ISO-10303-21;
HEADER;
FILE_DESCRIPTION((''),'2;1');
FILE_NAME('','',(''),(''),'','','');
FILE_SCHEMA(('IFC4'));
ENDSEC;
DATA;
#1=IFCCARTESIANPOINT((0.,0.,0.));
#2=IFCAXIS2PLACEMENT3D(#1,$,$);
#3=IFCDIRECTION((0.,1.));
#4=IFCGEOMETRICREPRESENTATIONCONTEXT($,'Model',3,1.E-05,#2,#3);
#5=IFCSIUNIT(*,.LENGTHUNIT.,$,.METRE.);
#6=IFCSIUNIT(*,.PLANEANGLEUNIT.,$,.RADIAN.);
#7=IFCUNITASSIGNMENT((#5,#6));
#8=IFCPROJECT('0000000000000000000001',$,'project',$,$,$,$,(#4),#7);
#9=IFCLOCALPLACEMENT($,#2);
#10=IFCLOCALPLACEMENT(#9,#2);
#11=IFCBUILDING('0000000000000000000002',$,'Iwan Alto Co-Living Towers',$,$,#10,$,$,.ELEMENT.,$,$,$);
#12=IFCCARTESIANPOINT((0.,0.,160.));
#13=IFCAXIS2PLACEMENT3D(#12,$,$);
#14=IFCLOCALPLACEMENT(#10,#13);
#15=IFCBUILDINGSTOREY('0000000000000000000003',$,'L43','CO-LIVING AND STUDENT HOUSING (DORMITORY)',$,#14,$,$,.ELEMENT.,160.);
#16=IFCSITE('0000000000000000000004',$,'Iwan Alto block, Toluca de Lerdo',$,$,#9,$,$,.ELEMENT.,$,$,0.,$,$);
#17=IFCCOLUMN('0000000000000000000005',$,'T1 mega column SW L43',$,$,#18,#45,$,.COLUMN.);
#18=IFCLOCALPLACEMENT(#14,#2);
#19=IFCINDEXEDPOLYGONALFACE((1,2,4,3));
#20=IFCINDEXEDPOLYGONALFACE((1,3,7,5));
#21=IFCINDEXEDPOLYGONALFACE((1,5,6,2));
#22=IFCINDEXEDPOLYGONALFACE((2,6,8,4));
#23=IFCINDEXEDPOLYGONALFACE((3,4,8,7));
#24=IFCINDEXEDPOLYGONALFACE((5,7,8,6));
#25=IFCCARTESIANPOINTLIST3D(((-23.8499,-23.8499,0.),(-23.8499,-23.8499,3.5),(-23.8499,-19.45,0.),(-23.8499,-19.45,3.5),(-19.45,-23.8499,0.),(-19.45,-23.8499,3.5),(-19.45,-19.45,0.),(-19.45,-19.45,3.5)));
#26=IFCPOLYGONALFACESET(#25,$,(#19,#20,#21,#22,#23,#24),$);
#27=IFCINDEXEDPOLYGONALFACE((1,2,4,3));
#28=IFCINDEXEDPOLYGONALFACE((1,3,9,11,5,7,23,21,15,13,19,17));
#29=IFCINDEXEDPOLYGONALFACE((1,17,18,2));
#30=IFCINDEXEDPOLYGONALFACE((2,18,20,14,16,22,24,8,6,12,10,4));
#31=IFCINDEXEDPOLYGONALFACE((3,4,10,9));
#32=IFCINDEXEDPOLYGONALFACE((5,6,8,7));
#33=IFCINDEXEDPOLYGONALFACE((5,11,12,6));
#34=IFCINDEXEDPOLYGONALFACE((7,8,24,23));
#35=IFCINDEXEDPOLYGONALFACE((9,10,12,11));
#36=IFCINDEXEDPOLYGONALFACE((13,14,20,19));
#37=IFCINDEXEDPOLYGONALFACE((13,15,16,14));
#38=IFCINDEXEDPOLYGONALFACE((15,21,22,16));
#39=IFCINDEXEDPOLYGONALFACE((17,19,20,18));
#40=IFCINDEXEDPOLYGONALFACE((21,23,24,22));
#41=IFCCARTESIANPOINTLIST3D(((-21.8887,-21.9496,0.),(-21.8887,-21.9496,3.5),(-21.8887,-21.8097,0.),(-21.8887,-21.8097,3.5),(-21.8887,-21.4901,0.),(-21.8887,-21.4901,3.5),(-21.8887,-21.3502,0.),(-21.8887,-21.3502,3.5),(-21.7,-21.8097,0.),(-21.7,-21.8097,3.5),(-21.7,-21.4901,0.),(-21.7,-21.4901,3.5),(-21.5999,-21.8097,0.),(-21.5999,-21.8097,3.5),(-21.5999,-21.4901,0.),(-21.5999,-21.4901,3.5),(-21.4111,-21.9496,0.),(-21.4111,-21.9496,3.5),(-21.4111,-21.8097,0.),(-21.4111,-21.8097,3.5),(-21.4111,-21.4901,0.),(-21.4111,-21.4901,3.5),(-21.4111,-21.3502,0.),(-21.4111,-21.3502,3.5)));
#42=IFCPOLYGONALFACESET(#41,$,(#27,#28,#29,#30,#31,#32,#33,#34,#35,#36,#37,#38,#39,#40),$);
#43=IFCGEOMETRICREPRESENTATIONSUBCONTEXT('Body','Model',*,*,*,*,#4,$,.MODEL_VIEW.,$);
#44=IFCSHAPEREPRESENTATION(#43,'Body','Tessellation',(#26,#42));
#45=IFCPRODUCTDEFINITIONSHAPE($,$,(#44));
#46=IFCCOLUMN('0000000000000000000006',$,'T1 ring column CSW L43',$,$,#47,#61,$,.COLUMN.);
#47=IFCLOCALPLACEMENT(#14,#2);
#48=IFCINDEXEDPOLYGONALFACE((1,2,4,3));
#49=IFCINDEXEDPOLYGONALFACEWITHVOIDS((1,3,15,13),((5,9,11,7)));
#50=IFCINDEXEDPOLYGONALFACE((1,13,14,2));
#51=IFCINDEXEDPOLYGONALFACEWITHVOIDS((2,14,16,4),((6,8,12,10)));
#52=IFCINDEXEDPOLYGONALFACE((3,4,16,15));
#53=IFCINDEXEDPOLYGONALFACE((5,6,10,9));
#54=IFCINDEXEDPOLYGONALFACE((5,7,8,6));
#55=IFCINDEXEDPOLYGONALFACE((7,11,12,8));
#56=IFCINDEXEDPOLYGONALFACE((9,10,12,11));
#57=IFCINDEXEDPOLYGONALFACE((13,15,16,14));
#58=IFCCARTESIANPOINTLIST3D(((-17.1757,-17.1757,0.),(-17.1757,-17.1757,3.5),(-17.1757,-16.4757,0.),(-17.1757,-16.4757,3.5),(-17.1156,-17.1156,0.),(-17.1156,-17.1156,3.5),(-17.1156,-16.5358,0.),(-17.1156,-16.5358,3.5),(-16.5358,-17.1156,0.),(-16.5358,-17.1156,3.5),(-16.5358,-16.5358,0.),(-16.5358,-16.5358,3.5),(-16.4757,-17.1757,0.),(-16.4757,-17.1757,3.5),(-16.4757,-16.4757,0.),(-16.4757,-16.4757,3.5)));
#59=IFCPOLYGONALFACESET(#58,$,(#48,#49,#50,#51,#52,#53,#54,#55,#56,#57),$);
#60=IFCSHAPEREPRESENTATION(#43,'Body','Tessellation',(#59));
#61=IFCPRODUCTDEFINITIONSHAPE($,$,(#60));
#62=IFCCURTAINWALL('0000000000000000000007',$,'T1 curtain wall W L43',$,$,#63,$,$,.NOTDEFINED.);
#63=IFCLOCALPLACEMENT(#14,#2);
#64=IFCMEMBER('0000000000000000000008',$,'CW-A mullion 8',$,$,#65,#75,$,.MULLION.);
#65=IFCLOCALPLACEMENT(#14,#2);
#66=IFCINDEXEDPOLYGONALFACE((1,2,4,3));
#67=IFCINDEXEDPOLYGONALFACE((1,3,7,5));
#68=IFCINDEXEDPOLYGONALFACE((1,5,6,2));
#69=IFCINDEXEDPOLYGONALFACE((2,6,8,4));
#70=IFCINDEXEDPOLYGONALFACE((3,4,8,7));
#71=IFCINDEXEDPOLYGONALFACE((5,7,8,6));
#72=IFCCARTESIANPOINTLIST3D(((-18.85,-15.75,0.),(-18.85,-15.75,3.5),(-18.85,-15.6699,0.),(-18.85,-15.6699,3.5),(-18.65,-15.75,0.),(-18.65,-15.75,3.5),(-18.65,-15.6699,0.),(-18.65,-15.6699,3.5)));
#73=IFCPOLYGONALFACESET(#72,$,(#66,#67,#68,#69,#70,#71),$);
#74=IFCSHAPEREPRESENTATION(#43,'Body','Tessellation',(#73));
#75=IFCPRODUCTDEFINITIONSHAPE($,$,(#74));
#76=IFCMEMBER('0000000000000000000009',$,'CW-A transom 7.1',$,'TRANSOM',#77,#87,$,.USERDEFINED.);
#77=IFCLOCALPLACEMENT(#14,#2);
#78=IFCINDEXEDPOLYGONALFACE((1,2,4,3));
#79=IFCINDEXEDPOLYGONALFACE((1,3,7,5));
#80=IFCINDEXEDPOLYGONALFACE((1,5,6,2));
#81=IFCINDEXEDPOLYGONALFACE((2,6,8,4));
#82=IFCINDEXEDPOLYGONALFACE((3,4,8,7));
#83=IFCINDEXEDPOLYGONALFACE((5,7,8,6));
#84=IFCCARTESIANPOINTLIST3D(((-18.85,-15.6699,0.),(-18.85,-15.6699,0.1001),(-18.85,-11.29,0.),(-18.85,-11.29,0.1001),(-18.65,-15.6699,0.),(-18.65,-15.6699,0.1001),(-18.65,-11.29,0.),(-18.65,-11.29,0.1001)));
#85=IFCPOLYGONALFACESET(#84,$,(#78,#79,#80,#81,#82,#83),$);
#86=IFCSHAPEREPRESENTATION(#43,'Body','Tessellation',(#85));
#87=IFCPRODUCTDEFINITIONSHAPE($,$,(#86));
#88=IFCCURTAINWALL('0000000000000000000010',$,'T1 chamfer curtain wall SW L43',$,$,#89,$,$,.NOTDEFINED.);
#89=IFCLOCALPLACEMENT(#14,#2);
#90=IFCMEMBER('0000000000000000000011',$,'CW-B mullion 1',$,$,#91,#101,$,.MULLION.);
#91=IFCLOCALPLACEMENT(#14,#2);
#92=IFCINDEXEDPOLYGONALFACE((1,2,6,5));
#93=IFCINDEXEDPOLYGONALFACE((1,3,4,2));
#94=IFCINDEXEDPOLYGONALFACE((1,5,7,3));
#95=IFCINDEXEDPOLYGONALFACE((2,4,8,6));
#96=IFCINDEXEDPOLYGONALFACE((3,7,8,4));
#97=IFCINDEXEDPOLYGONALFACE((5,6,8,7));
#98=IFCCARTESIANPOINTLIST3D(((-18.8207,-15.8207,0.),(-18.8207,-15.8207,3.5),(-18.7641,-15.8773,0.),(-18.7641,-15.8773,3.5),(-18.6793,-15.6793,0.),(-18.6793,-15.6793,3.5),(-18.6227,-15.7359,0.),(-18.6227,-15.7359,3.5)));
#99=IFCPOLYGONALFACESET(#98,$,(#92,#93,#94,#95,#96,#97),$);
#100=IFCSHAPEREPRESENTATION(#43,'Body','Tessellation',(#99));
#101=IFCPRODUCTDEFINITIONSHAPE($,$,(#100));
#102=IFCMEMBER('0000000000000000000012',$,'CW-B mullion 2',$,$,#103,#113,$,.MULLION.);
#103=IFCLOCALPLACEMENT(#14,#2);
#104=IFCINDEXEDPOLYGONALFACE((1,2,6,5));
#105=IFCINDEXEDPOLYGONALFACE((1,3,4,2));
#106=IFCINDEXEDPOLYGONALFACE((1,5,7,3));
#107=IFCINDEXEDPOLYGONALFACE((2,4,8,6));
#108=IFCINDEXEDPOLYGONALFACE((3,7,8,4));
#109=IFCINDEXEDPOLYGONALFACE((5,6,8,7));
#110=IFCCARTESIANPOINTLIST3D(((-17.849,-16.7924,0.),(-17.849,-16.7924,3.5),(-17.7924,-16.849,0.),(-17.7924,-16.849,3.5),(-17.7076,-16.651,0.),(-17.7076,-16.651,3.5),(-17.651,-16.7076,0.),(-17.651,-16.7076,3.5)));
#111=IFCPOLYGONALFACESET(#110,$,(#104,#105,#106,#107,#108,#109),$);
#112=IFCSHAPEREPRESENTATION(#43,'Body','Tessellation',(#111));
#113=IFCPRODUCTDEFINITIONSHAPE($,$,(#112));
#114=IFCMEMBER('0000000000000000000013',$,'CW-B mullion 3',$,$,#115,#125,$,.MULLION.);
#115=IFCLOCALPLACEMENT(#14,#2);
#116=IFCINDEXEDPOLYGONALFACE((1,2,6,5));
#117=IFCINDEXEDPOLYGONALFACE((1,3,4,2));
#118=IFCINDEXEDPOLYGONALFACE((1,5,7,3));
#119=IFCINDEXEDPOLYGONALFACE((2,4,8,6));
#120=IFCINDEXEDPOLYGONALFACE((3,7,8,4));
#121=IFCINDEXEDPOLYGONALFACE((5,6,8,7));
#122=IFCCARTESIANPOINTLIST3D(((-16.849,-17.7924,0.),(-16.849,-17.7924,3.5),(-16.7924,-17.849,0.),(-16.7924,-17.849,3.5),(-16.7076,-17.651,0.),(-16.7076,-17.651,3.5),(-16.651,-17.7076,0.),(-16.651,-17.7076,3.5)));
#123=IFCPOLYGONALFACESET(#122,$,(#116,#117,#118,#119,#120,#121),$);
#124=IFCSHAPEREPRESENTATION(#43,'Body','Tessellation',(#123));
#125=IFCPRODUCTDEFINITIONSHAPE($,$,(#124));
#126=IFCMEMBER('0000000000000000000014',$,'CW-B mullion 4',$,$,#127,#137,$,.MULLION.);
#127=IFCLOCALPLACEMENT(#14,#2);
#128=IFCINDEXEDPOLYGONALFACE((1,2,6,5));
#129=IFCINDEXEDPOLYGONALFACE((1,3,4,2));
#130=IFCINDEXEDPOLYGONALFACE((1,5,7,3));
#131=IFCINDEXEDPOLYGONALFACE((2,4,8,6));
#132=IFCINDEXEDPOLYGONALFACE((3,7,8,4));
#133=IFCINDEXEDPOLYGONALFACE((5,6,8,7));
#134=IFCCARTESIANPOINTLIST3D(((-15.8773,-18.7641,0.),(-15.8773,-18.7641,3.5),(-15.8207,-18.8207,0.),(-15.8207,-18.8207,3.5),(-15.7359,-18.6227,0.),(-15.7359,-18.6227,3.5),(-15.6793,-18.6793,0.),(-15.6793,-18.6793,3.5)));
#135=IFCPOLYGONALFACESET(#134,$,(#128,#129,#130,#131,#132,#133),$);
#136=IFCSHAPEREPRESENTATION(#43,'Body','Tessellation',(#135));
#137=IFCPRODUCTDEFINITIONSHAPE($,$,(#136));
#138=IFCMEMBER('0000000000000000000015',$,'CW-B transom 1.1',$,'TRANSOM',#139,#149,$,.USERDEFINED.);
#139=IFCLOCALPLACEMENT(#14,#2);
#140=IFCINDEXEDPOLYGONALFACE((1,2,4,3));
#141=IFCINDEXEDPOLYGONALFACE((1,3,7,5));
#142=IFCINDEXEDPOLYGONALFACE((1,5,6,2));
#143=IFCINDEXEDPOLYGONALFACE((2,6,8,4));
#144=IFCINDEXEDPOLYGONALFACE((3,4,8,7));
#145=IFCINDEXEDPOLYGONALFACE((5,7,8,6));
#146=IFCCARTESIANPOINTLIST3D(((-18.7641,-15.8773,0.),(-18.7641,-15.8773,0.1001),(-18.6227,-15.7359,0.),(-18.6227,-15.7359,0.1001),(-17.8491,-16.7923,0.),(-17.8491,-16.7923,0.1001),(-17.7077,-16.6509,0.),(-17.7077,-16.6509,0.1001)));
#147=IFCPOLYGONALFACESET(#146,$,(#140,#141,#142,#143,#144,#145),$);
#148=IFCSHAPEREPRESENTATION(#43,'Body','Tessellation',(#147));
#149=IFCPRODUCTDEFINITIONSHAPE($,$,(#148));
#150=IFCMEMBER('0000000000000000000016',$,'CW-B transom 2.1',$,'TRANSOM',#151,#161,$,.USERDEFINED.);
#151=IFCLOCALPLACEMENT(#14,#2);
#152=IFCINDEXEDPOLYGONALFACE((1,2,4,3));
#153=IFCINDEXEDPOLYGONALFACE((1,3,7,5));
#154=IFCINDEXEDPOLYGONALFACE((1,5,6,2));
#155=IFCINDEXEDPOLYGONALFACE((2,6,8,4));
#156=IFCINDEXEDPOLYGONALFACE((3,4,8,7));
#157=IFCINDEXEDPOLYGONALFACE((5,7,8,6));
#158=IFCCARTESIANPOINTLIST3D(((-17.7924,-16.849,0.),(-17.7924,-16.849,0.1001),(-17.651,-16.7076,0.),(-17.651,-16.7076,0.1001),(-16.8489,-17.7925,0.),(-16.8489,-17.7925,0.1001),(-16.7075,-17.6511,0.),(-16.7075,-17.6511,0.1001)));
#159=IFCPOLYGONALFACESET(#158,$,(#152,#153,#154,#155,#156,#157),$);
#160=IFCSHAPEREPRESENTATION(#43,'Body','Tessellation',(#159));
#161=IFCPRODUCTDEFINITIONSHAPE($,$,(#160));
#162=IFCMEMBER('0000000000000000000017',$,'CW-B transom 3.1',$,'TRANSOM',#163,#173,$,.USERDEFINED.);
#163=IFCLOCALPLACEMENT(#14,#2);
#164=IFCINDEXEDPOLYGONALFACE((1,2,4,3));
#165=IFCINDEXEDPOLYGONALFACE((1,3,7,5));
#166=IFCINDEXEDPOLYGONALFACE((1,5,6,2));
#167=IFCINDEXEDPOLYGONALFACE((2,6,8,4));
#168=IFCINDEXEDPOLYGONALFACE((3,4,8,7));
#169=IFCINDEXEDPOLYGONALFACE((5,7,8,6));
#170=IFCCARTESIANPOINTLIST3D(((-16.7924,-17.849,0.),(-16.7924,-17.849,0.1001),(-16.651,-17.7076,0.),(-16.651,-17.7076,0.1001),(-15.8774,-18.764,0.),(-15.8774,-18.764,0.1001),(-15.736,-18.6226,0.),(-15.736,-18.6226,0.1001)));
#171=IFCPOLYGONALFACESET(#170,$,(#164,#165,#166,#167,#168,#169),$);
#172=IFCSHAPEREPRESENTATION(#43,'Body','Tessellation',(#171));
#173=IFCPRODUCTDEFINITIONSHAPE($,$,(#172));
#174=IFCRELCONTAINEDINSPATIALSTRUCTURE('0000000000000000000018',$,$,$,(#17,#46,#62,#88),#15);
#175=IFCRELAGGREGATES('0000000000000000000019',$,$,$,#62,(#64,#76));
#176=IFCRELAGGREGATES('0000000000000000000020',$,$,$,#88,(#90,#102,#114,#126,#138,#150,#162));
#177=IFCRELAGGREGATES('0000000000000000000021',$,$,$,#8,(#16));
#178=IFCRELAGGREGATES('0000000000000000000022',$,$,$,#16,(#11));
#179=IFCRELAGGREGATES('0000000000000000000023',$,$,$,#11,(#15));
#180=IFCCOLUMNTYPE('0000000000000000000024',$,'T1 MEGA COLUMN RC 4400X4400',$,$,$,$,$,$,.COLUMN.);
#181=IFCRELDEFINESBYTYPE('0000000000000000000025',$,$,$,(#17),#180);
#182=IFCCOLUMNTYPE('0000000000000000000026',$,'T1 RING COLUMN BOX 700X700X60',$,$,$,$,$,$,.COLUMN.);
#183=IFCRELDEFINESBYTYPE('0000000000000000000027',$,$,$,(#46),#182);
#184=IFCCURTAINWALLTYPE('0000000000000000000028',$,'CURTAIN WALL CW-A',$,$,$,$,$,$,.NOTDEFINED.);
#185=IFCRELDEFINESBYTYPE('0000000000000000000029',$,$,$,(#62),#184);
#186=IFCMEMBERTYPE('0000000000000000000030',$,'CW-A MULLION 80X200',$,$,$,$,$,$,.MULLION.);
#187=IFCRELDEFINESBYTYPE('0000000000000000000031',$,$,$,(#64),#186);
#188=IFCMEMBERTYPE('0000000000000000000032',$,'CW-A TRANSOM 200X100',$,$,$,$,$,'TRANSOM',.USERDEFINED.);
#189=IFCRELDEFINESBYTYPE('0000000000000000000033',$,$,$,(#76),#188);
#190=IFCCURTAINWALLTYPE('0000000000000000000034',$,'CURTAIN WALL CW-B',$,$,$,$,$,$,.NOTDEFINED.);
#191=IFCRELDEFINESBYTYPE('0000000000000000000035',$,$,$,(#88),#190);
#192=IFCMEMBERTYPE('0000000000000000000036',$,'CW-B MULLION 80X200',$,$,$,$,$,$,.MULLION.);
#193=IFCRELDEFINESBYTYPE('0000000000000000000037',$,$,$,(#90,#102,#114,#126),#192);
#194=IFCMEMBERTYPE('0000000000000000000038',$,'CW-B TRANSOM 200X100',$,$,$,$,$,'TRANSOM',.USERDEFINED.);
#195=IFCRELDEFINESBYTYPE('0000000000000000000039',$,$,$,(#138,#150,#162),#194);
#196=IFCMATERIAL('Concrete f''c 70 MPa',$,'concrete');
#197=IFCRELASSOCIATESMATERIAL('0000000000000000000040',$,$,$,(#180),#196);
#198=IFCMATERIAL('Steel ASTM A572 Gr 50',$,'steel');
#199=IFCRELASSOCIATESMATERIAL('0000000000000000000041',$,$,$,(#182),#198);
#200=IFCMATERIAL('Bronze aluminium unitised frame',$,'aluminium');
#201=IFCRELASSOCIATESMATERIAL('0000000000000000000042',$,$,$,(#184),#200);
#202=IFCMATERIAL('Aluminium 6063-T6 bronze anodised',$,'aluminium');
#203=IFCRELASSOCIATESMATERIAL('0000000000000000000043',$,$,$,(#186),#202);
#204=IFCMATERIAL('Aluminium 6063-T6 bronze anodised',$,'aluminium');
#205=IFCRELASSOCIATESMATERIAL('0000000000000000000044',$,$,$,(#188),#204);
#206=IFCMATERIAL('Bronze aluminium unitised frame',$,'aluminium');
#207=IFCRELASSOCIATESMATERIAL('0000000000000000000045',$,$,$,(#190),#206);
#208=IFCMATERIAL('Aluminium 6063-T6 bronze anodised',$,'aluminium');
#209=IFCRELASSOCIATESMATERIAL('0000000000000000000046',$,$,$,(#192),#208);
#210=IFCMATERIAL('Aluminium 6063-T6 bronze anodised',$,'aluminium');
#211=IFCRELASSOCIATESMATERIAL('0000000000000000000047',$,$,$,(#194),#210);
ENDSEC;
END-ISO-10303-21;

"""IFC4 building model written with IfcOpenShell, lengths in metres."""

from ifc_helpers import new_model, si_unit, direction, frame, origin, origin_2d, place, context, subcontext, project, spatial, rectangle, hollow_rectangle, i_section, extrude, material, material_profile, profile_set, type_object, element, aggregate, save


model = new_model("IFC4")

# Units and contexts
model_context = context("Model", 3, precision=1e-05, world=origin(), true_north=direction((0.0, 1.0)))
body_context = subcontext(model_context, "Body", "Model", "MODEL_VIEW")
ifc_project = project(units=[si_unit("LENGTHUNIT", "METRE"), si_unit("PLANEANGLEUNIT", "RADIAN")], contexts=[model_context])

# Site, building, storey
site_placement = place(None, origin())
site = spatial("IfcSite", under=ifc_project, at=site_placement, Name="Iwan Alto block, Toluca de Lerdo", CompositionType="ELEMENT", RefElevation=0.0)
building_placement = place(site_placement, origin())
building = spatial("IfcBuilding", under=site, at=building_placement, Name="Iwan Alto Co-Living Towers", CompositionType="ELEMENT")
storey_placement = place(building_placement, frame((0.0, 0.0, 160.0)))
storey = spatial("IfcBuildingStorey", under=building, at=storey_placement, Name="L43", Description="CO-LIVING AND STUDENT HOUSING (DORMITORY)", CompositionType="ELEMENT", Elevation=160.0)

# Columns
ifc_material_1 = material(Name="Concrete f'c 70 MPa", Category="concrete")
ifc_material_profile_1 = material_profile(ifc_material_1, rectangle(XDim=4.3999, YDim=4.3999, at=origin_2d()), Name="RC 4400X4400")
ifc_profile_set_1 = profile_set([ifc_material_profile_1], Name="Concrete f'c 70 MPa")
column_type_1 = type_object("IfcColumnType", Name="T1 MEGA COLUMN RC 4400X4400", PredefinedType="COLUMN", material=ifc_profile_set_1)
column_1_placement = place(storey_placement, frame((-21.6499, -21.6499, 0.0), z_axis=(0.0, 0.0, 1.0), x_axis=(1.0, 0.0, 0.0)))
element("IfcColumn", 1, at=column_1_placement, inside=storey, type_object=column_type_1, Name="T1 mega column SW L43", PredefinedType="COLUMN", context=body_context, shape_type="SweptSolid", body=[
    extrude(rectangle(XDim=4.3999, YDim=4.3999, at=origin_2d()), origin(), (0.0, 0.0, 1.0), 3.5),
    extrude(i_section(OverallWidth=0.4775, OverallDepth=0.5994, WebThickness=0.1001, FlangeThickness=0.1399, at=origin_2d()), origin(), (0.0, 0.0, 1.0), 3.5),
])
ifc_material_2 = material(Name="Steel ASTM A572 Gr 50", Category="steel")
ifc_material_profile_2 = material_profile(ifc_material_2, hollow_rectangle(XDim=0.7, YDim=0.7, WallThickness=0.0601, at=origin_2d()), Name="BOX 700X700X60")
ifc_profile_set_2 = profile_set([ifc_material_profile_2], Name="Steel ASTM A572 Gr 50")
column_type_2 = type_object("IfcColumnType", Name="T1 RING COLUMN BOX 700X700X60", PredefinedType="COLUMN", material=ifc_profile_set_2)
column_2_placement = place(storey_placement, frame((-16.8257, -16.8257, 0.0), z_axis=(0.0, 0.0, 1.0), x_axis=(1.0, 0.0, 0.0)))
element("IfcColumn", 2, at=column_2_placement, inside=storey, type_object=column_type_2, Name="T1 ring column CSW L43", PredefinedType="COLUMN", context=body_context, shape_type="SweptSolid", body=[
    extrude(hollow_rectangle(XDim=0.7, YDim=0.7, WallThickness=0.0601, at=origin_2d()), origin(), (0.0, 0.0, 1.0), 3.5),
])

# Curtain walls, members
ifc_material_3 = material(Name="Bronze aluminium unitised frame", Category="aluminium")
curtain_wall_type_1 = type_object("IfcCurtainWallType", Name="CURTAIN WALL CW-A", PredefinedType="NOTDEFINED", material=ifc_material_3)
curtain_wall_1_placement = place(storey_placement, origin())
curtain_wall_1 = element("IfcCurtainWall", 3, at=curtain_wall_1_placement, inside=storey, type_object=curtain_wall_type_1, Name="T1 curtain wall W L43", PredefinedType="NOTDEFINED")
ifc_material_4 = material(Name="Aluminium 6063-T6 bronze anodised", Category="aluminium")
ifc_material_profile_3 = material_profile(ifc_material_4, rectangle(XDim=0.2, YDim=0.0801, at=origin_2d()), Name="AL 80X200")
ifc_profile_set_3 = profile_set([ifc_material_profile_3], Name="Aluminium 6063-T6 bronze anodised")
member_type_1 = type_object("IfcMemberType", Name="CW-A MULLION 80X200", PredefinedType="MULLION", material=ifc_profile_set_3)
member_1_placement = place(storey_placement, frame((-18.75, -15.71, 0.0), z_axis=(0.0, 0.0, 1.0), x_axis=(1.0, 0.0, 0.0)))
member_1 = element("IfcMember", 4, at=member_1_placement, type_object=member_type_1, Name="CW-A mullion 8", PredefinedType="MULLION", context=body_context, shape_type="SweptSolid", body=[
    extrude(rectangle(XDim=0.2, YDim=0.0801, at=origin_2d()), origin(), (0.0, 0.0, 1.0), 3.5),
])
ifc_material_5 = material(Name="Aluminium 6063-T6 bronze anodised", Category="aluminium")
ifc_material_profile_4 = material_profile(ifc_material_5, rectangle(XDim=0.2, YDim=0.1001, at=origin_2d()), Name="AL 200X100")
ifc_profile_set_4 = profile_set([ifc_material_profile_4], Name="Aluminium 6063-T6 bronze anodised")
member_type_2 = type_object("IfcMemberType", Name="CW-A TRANSOM 200X100", ElementType="TRANSOM", PredefinedType="USERDEFINED", material=ifc_profile_set_4)
member_2_placement = place(storey_placement, frame((-18.75, -11.29, 0.05), z_axis=(0.0, -1.0, 0.0), x_axis=(1.0, 0.0, 0.0)))
member_2 = element("IfcMember", 5, at=member_2_placement, type_object=member_type_2, Name="CW-A transom 7.1", ObjectType="TRANSOM", PredefinedType="USERDEFINED", context=body_context, shape_type="SweptSolid", body=[
    extrude(rectangle(XDim=0.2, YDim=0.1001, at=origin_2d()), origin(), (0.0, 0.0, 1.0), 4.3799),
])
ifc_material_6 = material(Name="Bronze aluminium unitised frame", Category="aluminium")
curtain_wall_type_2 = type_object("IfcCurtainWallType", Name="CURTAIN WALL CW-B", PredefinedType="NOTDEFINED", material=ifc_material_6)
curtain_wall_2_placement = place(storey_placement, origin())
curtain_wall_2 = element("IfcCurtainWall", 6, at=curtain_wall_2_placement, inside=storey, type_object=curtain_wall_type_2, Name="T1 chamfer curtain wall SW L43", PredefinedType="NOTDEFINED")
ifc_material_7 = material(Name="Aluminium 6063-T6 bronze anodised", Category="aluminium")
ifc_material_profile_5 = material_profile(ifc_material_7, rectangle(XDim=0.2, YDim=0.0801, at=origin_2d()), Name="AL 80X200")
ifc_profile_set_5 = profile_set([ifc_material_profile_5], Name="Aluminium 6063-T6 bronze anodised")
member_type_3 = type_object("IfcMemberType", Name="CW-B MULLION 80X200", PredefinedType="MULLION", material=ifc_profile_set_5)
member_3_placement = place(storey_placement, frame((-18.7217, -15.7783, 0.0), z_axis=(0.0, 0.0, 1.0), x_axis=(0.707107, 0.707107, 0.0)))
member_3 = element("IfcMember", 7, at=member_3_placement, type_object=member_type_3, Name="CW-B mullion 1", PredefinedType="MULLION", context=body_context, shape_type="SweptSolid", body=[
    extrude(rectangle(XDim=0.2, YDim=0.0801, at=origin_2d()), origin(), (0.0, 0.0, 1.0), 3.5),
])
member_4_placement = place(storey_placement, frame((-17.75, -16.75, 0.0), z_axis=(0.0, 0.0, 1.0), x_axis=(0.707107, 0.707107, 0.0)))
member_4 = element("IfcMember", 8, at=member_4_placement, type_object=member_type_3, Name="CW-B mullion 2", PredefinedType="MULLION", context=body_context, shape_type="SweptSolid", body=[
    extrude(rectangle(XDim=0.2, YDim=0.0801, at=origin_2d()), origin(), (0.0, 0.0, 1.0), 3.5),
])
member_5_placement = place(storey_placement, frame((-16.75, -17.75, 0.0), z_axis=(0.0, 0.0, 1.0), x_axis=(0.707107, 0.707107, 0.0)))
member_5 = element("IfcMember", 9, at=member_5_placement, type_object=member_type_3, Name="CW-B mullion 3", PredefinedType="MULLION", context=body_context, shape_type="SweptSolid", body=[
    extrude(rectangle(XDim=0.2, YDim=0.0801, at=origin_2d()), origin(), (0.0, 0.0, 1.0), 3.5),
])
member_6_placement = place(storey_placement, frame((-15.7783, -18.7217, 0.0), z_axis=(0.0, 0.0, 1.0), x_axis=(0.707107, 0.707107, 0.0)))
member_6 = element("IfcMember", 10, at=member_6_placement, type_object=member_type_3, Name="CW-B mullion 4", PredefinedType="MULLION", context=body_context, shape_type="SweptSolid", body=[
    extrude(rectangle(XDim=0.2, YDim=0.0801, at=origin_2d()), origin(), (0.0, 0.0, 1.0), 3.5),
])
ifc_material_8 = material(Name="Aluminium 6063-T6 bronze anodised", Category="aluminium")
ifc_material_profile_6 = material_profile(ifc_material_8, rectangle(XDim=0.2, YDim=0.1001, at=origin_2d()), Name="AL 200X100")
ifc_profile_set_6 = profile_set([ifc_material_profile_6], Name="Aluminium 6063-T6 bronze anodised")
member_type_4 = type_object("IfcMemberType", Name="CW-B TRANSOM 200X100", ElementType="TRANSOM", PredefinedType="USERDEFINED", material=ifc_profile_set_6)
member_7_placement = place(storey_placement, frame((-18.6934, -15.8066, 0.05), z_axis=(0.707107, -0.707107, 0.0), x_axis=(0.707107, 0.707107, 0.0)))
member_7 = element("IfcMember", 11, at=member_7_placement, type_object=member_type_4, Name="CW-B transom 1.1", ObjectType="TRANSOM", PredefinedType="USERDEFINED", context=body_context, shape_type="SweptSolid", body=[
    extrude(rectangle(XDim=0.2, YDim=0.1001, at=origin_2d()), origin(), (0.0, 0.0, 1.0), 1.2939),
])
member_8_placement = place(storey_placement, frame((-17.7217, -16.7783, 0.05), z_axis=(0.707107, -0.707107, 0.0), x_axis=(0.707107, 0.707107, 0.0)))
member_8 = element("IfcMember", 12, at=member_8_placement, type_object=member_type_4, Name="CW-B transom 2.1", ObjectType="TRANSOM", PredefinedType="USERDEFINED", context=body_context, shape_type="SweptSolid", body=[
    extrude(rectangle(XDim=0.2, YDim=0.1001, at=origin_2d()), origin(), (0.0, 0.0, 1.0), 1.3342),
])
member_9_placement = place(storey_placement, frame((-16.7217, -17.7783, 0.05), z_axis=(0.707107, -0.707107, 0.0), x_axis=(0.707107, 0.707107, 0.0)))
member_9 = element("IfcMember", 13, at=member_9_placement, type_object=member_type_4, Name="CW-B transom 3.1", ObjectType="TRANSOM", PredefinedType="USERDEFINED", context=body_context, shape_type="SweptSolid", body=[
    extrude(rectangle(XDim=0.2, YDim=0.1001, at=origin_2d()), origin(), (0.0, 0.0, 1.0), 1.2939),
])

aggregate(curtain_wall_1, [member_1, member_2])
aggregate(curtain_wall_2, [member_3, member_4, member_5, member_6, member_7, member_8, member_9])

save(model, "model.ifc")
